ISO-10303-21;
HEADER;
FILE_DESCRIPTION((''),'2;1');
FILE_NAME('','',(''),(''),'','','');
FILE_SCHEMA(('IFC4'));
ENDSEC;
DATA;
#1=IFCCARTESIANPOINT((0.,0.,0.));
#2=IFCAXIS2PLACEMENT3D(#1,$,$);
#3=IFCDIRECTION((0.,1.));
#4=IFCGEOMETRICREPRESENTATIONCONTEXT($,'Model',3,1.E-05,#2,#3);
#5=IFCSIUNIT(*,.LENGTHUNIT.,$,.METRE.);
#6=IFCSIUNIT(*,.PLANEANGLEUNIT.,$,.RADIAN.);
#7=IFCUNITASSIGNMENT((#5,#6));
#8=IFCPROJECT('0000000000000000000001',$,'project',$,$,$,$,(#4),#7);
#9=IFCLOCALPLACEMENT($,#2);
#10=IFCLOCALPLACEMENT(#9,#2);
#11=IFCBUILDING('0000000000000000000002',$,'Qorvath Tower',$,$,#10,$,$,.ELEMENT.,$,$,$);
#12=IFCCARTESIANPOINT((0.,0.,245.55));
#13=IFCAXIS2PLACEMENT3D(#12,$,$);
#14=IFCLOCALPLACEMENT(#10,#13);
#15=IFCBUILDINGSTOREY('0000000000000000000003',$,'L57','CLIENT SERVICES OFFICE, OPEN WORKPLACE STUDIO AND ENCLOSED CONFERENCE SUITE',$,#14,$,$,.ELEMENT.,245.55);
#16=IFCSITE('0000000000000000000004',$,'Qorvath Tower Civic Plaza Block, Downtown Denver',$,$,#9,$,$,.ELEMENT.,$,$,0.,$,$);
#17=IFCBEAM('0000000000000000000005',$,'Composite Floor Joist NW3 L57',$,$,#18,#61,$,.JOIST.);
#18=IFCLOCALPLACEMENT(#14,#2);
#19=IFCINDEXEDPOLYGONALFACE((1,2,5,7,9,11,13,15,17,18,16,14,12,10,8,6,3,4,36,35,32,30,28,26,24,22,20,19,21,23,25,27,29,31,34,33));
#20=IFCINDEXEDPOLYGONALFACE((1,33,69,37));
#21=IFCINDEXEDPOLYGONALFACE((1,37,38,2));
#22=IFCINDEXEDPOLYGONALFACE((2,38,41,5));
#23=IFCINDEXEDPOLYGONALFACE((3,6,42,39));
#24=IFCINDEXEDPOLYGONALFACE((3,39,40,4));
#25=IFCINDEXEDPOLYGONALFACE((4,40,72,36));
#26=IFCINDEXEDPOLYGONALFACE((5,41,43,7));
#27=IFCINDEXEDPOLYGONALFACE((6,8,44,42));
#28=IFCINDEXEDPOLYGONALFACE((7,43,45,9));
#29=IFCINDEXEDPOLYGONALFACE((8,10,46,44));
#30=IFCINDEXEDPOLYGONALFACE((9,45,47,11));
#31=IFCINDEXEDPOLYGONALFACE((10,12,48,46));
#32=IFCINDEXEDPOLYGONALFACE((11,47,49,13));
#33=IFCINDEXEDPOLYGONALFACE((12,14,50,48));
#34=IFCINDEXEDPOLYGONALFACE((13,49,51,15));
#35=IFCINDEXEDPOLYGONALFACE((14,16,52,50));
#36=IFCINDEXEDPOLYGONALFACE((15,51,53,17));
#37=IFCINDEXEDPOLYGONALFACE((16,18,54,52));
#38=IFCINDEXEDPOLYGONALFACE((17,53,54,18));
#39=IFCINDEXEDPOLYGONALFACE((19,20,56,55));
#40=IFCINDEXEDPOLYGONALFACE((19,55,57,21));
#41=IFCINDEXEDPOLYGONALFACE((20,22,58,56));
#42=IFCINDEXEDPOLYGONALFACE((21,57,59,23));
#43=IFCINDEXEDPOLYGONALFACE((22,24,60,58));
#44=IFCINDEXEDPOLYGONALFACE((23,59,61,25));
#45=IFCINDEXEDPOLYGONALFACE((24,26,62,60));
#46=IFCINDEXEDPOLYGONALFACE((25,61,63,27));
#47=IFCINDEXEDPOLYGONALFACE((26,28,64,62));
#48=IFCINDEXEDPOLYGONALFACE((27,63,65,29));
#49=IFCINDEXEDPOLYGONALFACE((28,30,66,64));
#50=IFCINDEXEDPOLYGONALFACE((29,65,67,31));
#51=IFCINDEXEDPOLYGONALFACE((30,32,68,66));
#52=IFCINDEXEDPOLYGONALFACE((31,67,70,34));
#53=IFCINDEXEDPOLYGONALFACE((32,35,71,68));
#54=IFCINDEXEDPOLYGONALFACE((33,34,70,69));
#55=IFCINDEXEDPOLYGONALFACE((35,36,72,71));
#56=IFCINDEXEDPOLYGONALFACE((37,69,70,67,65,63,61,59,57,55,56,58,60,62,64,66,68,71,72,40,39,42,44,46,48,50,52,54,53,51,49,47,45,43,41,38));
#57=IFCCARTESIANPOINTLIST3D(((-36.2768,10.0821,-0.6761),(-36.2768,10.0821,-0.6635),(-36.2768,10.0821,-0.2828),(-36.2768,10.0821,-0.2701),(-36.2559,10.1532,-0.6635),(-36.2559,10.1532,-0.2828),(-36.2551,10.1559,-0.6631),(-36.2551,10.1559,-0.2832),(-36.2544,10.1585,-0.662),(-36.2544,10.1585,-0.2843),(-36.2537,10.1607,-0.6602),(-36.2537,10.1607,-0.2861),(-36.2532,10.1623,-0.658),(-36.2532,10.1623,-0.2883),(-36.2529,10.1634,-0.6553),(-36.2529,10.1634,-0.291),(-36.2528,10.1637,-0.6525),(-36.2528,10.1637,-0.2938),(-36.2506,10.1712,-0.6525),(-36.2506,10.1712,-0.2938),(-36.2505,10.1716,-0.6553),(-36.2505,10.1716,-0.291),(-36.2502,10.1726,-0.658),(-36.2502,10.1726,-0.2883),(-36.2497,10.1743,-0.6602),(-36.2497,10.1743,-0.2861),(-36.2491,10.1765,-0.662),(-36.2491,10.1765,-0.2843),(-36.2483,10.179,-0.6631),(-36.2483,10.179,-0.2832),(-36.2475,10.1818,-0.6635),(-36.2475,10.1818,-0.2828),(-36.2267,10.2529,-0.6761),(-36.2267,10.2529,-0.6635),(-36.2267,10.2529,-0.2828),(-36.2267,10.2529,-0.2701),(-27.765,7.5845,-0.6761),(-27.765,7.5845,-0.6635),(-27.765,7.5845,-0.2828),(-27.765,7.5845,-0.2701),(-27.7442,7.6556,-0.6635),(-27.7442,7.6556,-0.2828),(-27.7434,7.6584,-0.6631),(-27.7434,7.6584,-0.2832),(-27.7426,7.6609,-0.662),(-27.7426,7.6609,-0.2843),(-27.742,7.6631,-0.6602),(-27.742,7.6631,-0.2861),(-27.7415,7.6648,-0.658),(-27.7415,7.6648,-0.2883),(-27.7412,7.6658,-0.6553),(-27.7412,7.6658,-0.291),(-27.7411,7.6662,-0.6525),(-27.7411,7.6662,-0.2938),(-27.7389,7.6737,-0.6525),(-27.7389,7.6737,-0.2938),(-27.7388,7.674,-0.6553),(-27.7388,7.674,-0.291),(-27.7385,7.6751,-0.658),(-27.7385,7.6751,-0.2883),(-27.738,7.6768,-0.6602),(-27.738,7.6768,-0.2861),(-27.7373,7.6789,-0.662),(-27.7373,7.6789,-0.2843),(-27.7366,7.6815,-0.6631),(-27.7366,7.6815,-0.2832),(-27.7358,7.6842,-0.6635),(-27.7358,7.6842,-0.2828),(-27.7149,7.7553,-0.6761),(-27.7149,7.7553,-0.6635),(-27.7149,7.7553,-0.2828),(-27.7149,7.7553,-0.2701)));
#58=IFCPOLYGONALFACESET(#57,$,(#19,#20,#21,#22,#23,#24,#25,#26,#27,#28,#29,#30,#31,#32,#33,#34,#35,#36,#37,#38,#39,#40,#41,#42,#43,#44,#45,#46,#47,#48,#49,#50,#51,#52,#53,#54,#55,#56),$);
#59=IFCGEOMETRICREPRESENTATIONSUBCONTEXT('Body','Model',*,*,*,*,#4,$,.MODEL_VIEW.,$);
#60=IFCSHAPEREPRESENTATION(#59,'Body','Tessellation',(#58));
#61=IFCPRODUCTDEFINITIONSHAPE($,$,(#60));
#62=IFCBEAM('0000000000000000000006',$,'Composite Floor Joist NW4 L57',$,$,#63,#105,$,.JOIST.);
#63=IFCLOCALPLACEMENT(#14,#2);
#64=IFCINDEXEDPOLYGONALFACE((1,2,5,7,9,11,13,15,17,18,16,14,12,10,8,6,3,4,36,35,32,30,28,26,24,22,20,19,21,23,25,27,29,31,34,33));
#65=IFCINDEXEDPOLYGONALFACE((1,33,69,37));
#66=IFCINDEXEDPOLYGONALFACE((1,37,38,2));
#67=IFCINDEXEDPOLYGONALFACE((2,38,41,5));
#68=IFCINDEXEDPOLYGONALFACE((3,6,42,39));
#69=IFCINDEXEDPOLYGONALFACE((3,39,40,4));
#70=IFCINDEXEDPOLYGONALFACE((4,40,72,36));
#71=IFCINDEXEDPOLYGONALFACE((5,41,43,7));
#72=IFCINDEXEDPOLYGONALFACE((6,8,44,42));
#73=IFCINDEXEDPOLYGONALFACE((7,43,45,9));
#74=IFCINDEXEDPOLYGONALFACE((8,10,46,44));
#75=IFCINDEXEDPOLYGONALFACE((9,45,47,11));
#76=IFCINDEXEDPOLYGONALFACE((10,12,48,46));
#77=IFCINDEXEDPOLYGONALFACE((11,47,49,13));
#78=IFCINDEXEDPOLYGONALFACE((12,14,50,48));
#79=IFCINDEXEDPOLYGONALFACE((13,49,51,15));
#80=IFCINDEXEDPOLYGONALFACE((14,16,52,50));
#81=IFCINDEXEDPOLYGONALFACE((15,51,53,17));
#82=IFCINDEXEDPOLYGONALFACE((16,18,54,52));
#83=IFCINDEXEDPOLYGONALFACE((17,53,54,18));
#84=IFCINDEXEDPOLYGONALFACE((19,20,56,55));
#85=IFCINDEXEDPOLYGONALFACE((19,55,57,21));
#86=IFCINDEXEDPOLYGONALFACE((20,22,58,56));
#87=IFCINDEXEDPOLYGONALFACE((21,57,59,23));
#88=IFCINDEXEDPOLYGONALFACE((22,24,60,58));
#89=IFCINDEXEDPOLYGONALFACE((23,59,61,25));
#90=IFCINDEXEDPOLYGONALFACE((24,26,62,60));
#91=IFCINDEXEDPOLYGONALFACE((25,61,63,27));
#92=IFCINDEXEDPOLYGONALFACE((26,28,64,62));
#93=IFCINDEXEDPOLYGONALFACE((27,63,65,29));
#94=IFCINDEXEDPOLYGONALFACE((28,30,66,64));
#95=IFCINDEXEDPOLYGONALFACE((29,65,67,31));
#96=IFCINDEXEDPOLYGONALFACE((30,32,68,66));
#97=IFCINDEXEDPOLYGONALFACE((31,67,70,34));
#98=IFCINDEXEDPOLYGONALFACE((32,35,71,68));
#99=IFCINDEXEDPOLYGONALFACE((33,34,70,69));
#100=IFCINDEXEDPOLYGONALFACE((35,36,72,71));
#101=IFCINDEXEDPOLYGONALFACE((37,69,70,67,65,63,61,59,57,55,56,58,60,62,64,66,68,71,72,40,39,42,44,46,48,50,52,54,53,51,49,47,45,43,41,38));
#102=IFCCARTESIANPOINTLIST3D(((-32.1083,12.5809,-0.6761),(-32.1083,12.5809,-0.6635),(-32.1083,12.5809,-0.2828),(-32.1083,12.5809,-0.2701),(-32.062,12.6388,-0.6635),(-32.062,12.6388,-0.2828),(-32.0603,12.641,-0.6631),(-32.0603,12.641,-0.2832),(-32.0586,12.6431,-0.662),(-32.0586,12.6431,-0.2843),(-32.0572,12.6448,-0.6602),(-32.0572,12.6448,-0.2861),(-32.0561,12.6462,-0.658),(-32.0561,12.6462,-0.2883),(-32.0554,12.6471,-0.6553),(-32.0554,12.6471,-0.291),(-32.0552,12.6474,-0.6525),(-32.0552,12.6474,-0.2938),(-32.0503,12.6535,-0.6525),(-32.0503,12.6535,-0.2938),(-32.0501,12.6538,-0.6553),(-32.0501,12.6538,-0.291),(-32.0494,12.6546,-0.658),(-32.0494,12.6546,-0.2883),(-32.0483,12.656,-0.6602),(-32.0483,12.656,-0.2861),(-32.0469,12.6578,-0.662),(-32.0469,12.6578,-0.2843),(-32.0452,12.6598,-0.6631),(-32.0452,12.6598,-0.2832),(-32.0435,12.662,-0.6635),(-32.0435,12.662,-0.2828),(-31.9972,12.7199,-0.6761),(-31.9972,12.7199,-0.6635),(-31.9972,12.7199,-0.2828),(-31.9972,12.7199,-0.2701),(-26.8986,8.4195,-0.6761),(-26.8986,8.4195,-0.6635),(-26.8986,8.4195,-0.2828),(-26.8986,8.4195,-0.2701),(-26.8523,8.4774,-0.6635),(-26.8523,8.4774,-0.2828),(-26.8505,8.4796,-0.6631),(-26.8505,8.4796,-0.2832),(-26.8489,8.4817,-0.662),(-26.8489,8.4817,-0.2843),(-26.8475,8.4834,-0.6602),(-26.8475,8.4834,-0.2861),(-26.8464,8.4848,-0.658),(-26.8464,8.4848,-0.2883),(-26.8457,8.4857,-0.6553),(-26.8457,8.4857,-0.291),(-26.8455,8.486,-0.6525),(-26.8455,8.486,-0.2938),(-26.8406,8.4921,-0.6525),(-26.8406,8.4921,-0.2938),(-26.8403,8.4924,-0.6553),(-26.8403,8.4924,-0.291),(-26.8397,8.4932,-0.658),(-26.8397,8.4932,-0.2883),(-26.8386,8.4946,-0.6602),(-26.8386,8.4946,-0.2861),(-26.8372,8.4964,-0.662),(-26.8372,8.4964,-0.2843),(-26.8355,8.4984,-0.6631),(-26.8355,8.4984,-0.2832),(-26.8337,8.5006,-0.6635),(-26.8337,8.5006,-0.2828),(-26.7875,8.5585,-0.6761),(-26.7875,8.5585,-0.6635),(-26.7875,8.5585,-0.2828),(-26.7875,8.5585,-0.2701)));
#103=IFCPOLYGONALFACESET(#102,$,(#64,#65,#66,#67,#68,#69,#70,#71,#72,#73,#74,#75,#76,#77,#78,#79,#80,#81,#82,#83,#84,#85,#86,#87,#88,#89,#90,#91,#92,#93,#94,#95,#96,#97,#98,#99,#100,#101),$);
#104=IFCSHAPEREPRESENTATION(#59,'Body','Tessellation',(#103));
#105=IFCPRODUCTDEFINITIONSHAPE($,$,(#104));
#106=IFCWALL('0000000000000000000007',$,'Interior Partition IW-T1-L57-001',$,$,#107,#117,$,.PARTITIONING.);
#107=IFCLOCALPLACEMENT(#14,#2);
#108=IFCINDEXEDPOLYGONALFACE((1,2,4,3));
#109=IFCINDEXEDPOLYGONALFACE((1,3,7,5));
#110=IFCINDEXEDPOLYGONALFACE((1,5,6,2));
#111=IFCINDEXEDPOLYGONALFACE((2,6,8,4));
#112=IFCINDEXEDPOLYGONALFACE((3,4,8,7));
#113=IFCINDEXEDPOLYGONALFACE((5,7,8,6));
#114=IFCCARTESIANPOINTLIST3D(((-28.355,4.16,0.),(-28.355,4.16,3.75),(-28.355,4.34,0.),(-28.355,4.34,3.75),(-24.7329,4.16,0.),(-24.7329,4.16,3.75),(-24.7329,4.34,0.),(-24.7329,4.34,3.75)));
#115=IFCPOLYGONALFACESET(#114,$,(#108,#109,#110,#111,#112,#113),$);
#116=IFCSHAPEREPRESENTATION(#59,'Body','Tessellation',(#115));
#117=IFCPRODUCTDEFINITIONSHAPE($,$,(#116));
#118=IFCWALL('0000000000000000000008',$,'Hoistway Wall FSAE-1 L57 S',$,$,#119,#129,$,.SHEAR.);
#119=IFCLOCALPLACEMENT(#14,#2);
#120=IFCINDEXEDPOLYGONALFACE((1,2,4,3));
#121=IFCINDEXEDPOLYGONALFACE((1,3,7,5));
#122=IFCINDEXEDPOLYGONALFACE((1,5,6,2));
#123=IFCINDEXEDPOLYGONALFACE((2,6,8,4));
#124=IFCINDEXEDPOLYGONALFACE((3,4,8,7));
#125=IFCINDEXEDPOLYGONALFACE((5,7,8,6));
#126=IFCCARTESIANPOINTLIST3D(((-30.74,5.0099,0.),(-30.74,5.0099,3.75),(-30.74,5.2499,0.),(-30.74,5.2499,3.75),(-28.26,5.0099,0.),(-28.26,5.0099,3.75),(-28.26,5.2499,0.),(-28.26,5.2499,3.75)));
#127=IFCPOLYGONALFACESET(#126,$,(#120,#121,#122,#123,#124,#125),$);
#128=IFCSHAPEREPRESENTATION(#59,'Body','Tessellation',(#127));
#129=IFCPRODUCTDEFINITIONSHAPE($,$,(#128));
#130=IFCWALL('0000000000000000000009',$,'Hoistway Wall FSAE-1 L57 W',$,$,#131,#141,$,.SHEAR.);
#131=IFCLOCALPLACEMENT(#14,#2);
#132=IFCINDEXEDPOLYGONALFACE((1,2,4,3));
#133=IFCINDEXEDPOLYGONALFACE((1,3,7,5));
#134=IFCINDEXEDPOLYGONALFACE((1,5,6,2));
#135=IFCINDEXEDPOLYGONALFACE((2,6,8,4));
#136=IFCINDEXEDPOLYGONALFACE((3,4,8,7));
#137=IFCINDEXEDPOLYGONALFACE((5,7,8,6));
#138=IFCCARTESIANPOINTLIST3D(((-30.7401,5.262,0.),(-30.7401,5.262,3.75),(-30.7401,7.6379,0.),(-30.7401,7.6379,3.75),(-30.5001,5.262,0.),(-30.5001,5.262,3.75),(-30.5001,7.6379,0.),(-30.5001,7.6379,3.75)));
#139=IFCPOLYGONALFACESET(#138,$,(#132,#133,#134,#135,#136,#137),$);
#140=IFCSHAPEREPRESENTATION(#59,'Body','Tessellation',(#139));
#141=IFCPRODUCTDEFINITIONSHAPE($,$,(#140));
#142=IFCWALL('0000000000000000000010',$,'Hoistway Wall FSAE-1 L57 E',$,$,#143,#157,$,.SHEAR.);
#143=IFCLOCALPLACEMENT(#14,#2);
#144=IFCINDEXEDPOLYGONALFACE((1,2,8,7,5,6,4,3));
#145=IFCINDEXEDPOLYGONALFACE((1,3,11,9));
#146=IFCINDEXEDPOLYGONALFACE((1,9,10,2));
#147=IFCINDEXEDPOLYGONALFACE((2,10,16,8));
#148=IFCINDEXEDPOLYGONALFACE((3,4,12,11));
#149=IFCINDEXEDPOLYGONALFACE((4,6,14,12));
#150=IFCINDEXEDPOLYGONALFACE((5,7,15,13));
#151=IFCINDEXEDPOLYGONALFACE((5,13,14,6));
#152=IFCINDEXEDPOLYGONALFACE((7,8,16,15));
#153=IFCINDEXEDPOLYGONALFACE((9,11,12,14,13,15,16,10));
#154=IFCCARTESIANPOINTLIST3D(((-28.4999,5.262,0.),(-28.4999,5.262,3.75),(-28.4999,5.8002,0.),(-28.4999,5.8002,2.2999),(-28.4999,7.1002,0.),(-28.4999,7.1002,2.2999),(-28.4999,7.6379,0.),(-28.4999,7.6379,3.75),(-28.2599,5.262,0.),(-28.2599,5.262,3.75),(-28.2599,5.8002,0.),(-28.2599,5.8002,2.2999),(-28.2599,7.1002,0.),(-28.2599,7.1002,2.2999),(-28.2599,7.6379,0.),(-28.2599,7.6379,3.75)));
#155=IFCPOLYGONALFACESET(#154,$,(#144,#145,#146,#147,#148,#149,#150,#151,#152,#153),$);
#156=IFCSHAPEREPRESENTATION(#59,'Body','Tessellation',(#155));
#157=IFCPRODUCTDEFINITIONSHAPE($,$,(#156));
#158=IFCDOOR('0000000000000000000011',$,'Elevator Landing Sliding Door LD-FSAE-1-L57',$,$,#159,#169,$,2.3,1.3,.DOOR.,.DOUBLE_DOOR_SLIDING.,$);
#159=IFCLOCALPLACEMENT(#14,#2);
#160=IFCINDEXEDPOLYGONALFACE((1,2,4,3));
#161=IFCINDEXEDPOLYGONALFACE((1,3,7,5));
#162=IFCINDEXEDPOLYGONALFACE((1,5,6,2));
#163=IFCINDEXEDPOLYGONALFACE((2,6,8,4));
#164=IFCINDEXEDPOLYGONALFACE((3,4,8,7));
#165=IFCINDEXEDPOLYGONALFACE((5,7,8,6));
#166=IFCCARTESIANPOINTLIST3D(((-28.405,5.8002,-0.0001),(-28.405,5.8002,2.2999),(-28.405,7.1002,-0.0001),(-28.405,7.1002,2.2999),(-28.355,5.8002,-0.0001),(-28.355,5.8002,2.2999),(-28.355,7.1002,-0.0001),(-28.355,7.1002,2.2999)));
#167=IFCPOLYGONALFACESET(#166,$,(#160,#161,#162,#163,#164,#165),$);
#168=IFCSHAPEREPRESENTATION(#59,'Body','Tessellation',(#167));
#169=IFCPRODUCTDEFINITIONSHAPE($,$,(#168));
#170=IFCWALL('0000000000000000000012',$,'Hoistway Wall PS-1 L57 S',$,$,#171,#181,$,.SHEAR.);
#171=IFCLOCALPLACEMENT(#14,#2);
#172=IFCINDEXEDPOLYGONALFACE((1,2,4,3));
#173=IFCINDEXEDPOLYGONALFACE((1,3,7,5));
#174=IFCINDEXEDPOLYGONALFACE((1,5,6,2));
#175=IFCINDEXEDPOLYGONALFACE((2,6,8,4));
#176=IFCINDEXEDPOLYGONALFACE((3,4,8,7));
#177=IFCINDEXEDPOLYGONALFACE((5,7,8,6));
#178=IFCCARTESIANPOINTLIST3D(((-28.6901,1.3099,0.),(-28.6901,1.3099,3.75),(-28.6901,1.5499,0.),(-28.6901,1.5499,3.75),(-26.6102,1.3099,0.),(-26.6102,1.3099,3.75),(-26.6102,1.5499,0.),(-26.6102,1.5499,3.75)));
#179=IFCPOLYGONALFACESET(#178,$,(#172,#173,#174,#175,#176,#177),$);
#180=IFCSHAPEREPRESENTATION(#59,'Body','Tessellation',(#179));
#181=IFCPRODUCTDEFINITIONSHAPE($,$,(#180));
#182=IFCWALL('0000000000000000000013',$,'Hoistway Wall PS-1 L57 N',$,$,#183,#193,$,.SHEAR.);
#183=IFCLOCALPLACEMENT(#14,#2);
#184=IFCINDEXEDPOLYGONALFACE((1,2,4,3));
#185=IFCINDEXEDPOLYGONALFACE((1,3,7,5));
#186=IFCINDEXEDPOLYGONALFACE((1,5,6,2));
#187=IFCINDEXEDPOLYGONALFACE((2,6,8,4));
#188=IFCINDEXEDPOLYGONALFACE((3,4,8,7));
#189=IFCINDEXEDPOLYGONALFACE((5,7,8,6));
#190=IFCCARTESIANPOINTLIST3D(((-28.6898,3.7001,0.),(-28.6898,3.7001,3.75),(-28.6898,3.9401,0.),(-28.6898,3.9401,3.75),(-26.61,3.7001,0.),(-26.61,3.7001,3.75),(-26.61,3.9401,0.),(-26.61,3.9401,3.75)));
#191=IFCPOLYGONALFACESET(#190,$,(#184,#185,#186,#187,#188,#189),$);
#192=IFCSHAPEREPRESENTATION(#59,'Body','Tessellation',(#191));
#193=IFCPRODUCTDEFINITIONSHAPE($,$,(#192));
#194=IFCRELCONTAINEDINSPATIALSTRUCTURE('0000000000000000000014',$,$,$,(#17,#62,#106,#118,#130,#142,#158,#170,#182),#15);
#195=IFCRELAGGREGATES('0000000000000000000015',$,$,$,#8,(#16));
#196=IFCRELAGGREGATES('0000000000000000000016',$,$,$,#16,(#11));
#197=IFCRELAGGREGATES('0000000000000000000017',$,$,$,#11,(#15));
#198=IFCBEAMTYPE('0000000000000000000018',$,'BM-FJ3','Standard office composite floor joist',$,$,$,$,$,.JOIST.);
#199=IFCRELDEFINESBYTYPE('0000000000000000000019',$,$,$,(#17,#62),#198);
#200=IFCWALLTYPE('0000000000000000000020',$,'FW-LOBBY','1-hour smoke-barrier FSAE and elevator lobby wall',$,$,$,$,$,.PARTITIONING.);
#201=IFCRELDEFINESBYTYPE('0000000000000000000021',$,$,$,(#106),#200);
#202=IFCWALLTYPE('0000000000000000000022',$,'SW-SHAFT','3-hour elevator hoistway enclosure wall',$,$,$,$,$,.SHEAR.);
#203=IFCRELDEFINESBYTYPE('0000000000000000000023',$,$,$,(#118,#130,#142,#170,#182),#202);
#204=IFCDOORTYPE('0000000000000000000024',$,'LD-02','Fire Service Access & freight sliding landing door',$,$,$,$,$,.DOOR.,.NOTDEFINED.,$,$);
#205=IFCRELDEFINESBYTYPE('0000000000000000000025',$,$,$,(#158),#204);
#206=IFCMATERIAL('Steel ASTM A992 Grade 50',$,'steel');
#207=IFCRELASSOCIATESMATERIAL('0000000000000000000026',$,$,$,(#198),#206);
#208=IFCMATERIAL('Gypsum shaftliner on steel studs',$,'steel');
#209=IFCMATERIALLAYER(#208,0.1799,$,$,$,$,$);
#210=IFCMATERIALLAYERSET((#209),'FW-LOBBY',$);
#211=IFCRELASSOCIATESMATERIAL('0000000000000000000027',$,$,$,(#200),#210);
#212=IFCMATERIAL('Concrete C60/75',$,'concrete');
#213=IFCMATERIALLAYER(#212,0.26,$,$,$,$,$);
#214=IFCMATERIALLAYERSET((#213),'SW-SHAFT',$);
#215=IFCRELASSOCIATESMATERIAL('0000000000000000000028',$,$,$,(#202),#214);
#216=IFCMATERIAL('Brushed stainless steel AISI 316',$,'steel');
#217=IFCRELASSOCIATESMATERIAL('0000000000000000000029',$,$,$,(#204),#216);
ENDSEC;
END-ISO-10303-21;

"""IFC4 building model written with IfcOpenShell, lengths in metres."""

from ifc_helpers import new_model, si_unit, direction, frame, frame_2d, origin, origin_2d, place, context, subcontext, project, spatial, rectangle, i_section, extrude, material, layer, layer_set, material_profile, profile_set, type_object, element, fill, save


model = new_model("IFC4")

# Units and contexts
model_context = context("Model", 3, precision=1e-05, world=origin(), true_north=direction((0.0, 1.0)))
body_context = subcontext(model_context, "Body", "Model", "MODEL_VIEW")
ifc_project = project(units=[si_unit("LENGTHUNIT", "METRE"), si_unit("PLANEANGLEUNIT", "RADIAN")], contexts=[model_context])

# Site, building, storey
site_placement = place(None, origin())
site = spatial("IfcSite", under=ifc_project, at=site_placement, Name="Qorvath Tower Civic Plaza Block, Downtown Denver", CompositionType="ELEMENT", RefElevation=0.0)
building_placement = place(site_placement, origin())
building = spatial("IfcBuilding", under=site, at=building_placement, Name="Qorvath Tower", CompositionType="ELEMENT")
storey_placement = place(building_placement, frame((0.0, 0.0, 245.55)))
storey = spatial("IfcBuildingStorey", under=building, at=storey_placement, Name="L57", Description="CLIENT SERVICES OFFICE, OPEN WORKPLACE STUDIO AND ENCLOSED CONFERENCE SUITE", CompositionType="ELEMENT", Elevation=245.55)

# Beams
ifc_material_1 = material(Name="Steel ASTM A992 Grade 50", Category="steel")
ifc_material_profile_1 = material_profile(ifc_material_1, i_section(OverallWidth=0.178, OverallDepth=0.406, WebThickness=0.0078, FlangeThickness=0.0127, FilletRadius=0.011, at=origin_2d()), Name="W16x40")
ifc_profile_set_1 = profile_set([ifc_material_profile_1], Name="Steel ASTM A992 Grade 50")
beam_type_1 = type_object("IfcBeamType", Name="BM-FJ3", Description="Standard office composite floor joist", PredefinedType="JOIST", material=ifc_profile_set_1)
beam_1_placement = place(storey_placement, frame((-27.74, 7.6699, -0.4731), z_axis=(-0.959545, 0.281555, 0.0), x_axis=(-0.281555, -0.959545, 0.0)))
element("IfcBeam", 1, at=beam_1_placement, inside=storey, type_object=beam_type_1, Name="Composite Floor Joist NW3 L57", PredefinedType="JOIST", context=body_context, shape_type="SweptSolid", body=[
    extrude(i_section(OverallWidth=0.178, OverallDepth=0.406, WebThickness=0.0078, FlangeThickness=0.0127, FilletRadius=0.011, at=origin_2d()), origin(), (0.0, 0.0, 1.0), 8.8706),
])
beam_2_placement = place(storey_placement, frame((-26.843, 8.489, -0.4731), z_axis=(-0.781337, 0.62411, 0.0), x_axis=(-0.62411, -0.781337, 0.0)))
element("IfcBeam", 2, at=beam_2_placement, inside=storey, type_object=beam_type_1, Name="Composite Floor Joist NW4 L57", PredefinedType="JOIST", context=body_context, shape_type="SweptSolid", body=[
    extrude(i_section(OverallWidth=0.178, OverallDepth=0.406, WebThickness=0.0078, FlangeThickness=0.0127, FilletRadius=0.011, at=origin_2d()), origin(), (0.0, 0.0, 1.0), 6.6677),
])

# Wall
ifc_material_2 = material(Name="Gypsum shaftliner on steel studs", Category="steel")
ifc_layer_1 = layer(ifc_material_2, 0.1799)
ifc_layer_set_1 = layer_set([ifc_layer_1], Name="FW-LOBBY")
wall_type_1 = type_object("IfcWallType", Name="FW-LOBBY", Description="1-hour smoke-barrier FSAE and elevator lobby wall", PredefinedType="PARTITIONING", material=ifc_layer_set_1)
wall_1_placement = place(storey_placement, frame((-28.355, 4.25, 0.0), z_axis=(0.0, 0.0, 1.0), x_axis=(1.0, 0.0, 0.0)))
element("IfcWall", 3, at=wall_1_placement, inside=storey, type_object=wall_type_1, Name="Interior Partition IW-T1-L57-001", PredefinedType="PARTITIONING", context=body_context, shape_type="SweptSolid", body=[
    extrude(rectangle(XDim=3.6221, YDim=0.1799, at=frame_2d((1.811, 0.0))), origin(), (0.0, 0.0, 1.0), 3.75),
])

# Walls
ifc_material_3 = material(Name="Concrete C60/75", Category="concrete")
ifc_layer_2 = layer(ifc_material_3, 0.26)
ifc_layer_set_2 = layer_set([ifc_layer_2], Name="SW-SHAFT")
wall_type_2 = type_object("IfcWallType", Name="SW-SHAFT", Description="3-hour elevator hoistway enclosure wall", PredefinedType="SHEAR", material=ifc_layer_set_2)
wall_2_placement = place(storey_placement, frame((-28.26, 5.1299, 0.0), z_axis=(0.0, 0.0, 1.0), x_axis=(-1.0, 0.0, 0.0)))
element("IfcWall", 4, at=wall_2_placement, inside=storey, type_object=wall_type_2, Name="Hoistway Wall FSAE-1 L57 S", PredefinedType="SHEAR", context=body_context, shape_type="SweptSolid", body=[
    extrude(rectangle(XDim=2.48, YDim=0.24, at=frame_2d((1.24, 0.0))), origin(), (0.0, 0.0, 1.0), 3.75),
])
wall_3_placement = place(storey_placement, frame((-30.6201, 5.262, 0.0), z_axis=(0.0, 0.0, 1.0), x_axis=(0.0, 1.0, 0.0)))
element("IfcWall", 5, at=wall_3_placement, inside=storey, type_object=wall_type_2, Name="Hoistway Wall FSAE-1 L57 W", PredefinedType="SHEAR", context=body_context, shape_type="SweptSolid", body=[
    extrude(rectangle(XDim=2.376, YDim=0.24, at=frame_2d((1.188, 0.0))), origin(), (0.0, 0.0, 1.0), 3.75),
])

# Wall, opening, door
wall_4_placement = place(storey_placement, frame((-28.3799, 7.6379, 0.0), z_axis=(0.0, 0.0, 1.0), x_axis=(0.0, -1.0, 0.0)))
wall_4 = element("IfcWall", 6, at=wall_4_placement, inside=storey, type_object=wall_type_2, Name="Hoistway Wall FSAE-1 L57 E", PredefinedType="SHEAR", context=body_context, shape_type="SweptSolid", body=[
    extrude(rectangle(XDim=2.376, YDim=0.24, at=frame_2d((1.188, 0.0))), origin(), (0.0, 0.0, 1.0), 3.75),
])
opening_1_placement = place(wall_4_placement, frame((0.5378, 0.0, 0.0)))
opening_1 = element("IfcOpeningElement", 7, at=opening_1_placement, cuts=wall_4, PredefinedType="OPENING", context=body_context, shape_type="SweptSolid", body=[
    extrude(rectangle(XDim=1.3, YDim=2.3, at=frame_2d((0.6499, 1.1499))), frame((0.0, 0.1299, 0.0), z_axis=(0.0, -1.0, 0.0), x_axis=(1.0, 0.0, 0.0)), (0.0, 0.0, 1.0), 0.26),
])
ifc_material_4 = material(Name="Brushed stainless steel AISI 316", Category="steel")
door_type_1 = type_object("IfcDoorType", Name="LD-02", Description="Fire Service Access & freight sliding landing door", OperationType="NOTDEFINED", PredefinedType="DOOR", material=ifc_material_4)
door_1_placement = place(opening_1_placement, origin())
door_1 = element("IfcDoor", 8, at=door_1_placement, inside=storey, type_object=door_type_1, Name="Elevator Landing Sliding Door LD-FSAE-1-L57", OperationType="DOUBLE_DOOR_SLIDING", OverallHeight=2.3, OverallWidth=1.3, PredefinedType="DOOR", context=body_context, shape_type="SweptSolid", body=[
    extrude(rectangle(XDim=1.3, YDim=2.3, at=frame_2d((0.6499, 1.1499))), frame((0.0, 0.0249, 0.0), z_axis=(0.0, -1.0, 0.0), x_axis=(1.0, 0.0, 0.0)), (0.0, 0.0, 1.0), 0.05),
])
fill(opening_1, door_1)

# Walls
for number, where, z_axis, x_axis, name in (
    (9, (-26.6101, 1.4299, 0.0), (0.0, 0.0, 1.0), (-1.0, 0.0, 0.0), "Hoistway Wall PS-1 L57 S"),
    (10, (-28.6899, 3.8201, 0.0), (0.0, 0.0, 1.0), (1.0, 0.0, 0.0), "Hoistway Wall PS-1 L57 N"),
):
    element("IfcWall", number, at=place(storey_placement, frame(where, z_axis=z_axis, x_axis=x_axis)), inside=storey, type_object=wall_type_2, Name=name, PredefinedType="SHEAR", context=body_context, shape_type="SweptSolid", body=[
        extrude(rectangle(XDim=2.0798, YDim=0.24, at=frame_2d((1.04, 0.0))), origin(), (0.0, 0.0, 1.0), 3.75),
    ])

save(model, "model.ifc")
